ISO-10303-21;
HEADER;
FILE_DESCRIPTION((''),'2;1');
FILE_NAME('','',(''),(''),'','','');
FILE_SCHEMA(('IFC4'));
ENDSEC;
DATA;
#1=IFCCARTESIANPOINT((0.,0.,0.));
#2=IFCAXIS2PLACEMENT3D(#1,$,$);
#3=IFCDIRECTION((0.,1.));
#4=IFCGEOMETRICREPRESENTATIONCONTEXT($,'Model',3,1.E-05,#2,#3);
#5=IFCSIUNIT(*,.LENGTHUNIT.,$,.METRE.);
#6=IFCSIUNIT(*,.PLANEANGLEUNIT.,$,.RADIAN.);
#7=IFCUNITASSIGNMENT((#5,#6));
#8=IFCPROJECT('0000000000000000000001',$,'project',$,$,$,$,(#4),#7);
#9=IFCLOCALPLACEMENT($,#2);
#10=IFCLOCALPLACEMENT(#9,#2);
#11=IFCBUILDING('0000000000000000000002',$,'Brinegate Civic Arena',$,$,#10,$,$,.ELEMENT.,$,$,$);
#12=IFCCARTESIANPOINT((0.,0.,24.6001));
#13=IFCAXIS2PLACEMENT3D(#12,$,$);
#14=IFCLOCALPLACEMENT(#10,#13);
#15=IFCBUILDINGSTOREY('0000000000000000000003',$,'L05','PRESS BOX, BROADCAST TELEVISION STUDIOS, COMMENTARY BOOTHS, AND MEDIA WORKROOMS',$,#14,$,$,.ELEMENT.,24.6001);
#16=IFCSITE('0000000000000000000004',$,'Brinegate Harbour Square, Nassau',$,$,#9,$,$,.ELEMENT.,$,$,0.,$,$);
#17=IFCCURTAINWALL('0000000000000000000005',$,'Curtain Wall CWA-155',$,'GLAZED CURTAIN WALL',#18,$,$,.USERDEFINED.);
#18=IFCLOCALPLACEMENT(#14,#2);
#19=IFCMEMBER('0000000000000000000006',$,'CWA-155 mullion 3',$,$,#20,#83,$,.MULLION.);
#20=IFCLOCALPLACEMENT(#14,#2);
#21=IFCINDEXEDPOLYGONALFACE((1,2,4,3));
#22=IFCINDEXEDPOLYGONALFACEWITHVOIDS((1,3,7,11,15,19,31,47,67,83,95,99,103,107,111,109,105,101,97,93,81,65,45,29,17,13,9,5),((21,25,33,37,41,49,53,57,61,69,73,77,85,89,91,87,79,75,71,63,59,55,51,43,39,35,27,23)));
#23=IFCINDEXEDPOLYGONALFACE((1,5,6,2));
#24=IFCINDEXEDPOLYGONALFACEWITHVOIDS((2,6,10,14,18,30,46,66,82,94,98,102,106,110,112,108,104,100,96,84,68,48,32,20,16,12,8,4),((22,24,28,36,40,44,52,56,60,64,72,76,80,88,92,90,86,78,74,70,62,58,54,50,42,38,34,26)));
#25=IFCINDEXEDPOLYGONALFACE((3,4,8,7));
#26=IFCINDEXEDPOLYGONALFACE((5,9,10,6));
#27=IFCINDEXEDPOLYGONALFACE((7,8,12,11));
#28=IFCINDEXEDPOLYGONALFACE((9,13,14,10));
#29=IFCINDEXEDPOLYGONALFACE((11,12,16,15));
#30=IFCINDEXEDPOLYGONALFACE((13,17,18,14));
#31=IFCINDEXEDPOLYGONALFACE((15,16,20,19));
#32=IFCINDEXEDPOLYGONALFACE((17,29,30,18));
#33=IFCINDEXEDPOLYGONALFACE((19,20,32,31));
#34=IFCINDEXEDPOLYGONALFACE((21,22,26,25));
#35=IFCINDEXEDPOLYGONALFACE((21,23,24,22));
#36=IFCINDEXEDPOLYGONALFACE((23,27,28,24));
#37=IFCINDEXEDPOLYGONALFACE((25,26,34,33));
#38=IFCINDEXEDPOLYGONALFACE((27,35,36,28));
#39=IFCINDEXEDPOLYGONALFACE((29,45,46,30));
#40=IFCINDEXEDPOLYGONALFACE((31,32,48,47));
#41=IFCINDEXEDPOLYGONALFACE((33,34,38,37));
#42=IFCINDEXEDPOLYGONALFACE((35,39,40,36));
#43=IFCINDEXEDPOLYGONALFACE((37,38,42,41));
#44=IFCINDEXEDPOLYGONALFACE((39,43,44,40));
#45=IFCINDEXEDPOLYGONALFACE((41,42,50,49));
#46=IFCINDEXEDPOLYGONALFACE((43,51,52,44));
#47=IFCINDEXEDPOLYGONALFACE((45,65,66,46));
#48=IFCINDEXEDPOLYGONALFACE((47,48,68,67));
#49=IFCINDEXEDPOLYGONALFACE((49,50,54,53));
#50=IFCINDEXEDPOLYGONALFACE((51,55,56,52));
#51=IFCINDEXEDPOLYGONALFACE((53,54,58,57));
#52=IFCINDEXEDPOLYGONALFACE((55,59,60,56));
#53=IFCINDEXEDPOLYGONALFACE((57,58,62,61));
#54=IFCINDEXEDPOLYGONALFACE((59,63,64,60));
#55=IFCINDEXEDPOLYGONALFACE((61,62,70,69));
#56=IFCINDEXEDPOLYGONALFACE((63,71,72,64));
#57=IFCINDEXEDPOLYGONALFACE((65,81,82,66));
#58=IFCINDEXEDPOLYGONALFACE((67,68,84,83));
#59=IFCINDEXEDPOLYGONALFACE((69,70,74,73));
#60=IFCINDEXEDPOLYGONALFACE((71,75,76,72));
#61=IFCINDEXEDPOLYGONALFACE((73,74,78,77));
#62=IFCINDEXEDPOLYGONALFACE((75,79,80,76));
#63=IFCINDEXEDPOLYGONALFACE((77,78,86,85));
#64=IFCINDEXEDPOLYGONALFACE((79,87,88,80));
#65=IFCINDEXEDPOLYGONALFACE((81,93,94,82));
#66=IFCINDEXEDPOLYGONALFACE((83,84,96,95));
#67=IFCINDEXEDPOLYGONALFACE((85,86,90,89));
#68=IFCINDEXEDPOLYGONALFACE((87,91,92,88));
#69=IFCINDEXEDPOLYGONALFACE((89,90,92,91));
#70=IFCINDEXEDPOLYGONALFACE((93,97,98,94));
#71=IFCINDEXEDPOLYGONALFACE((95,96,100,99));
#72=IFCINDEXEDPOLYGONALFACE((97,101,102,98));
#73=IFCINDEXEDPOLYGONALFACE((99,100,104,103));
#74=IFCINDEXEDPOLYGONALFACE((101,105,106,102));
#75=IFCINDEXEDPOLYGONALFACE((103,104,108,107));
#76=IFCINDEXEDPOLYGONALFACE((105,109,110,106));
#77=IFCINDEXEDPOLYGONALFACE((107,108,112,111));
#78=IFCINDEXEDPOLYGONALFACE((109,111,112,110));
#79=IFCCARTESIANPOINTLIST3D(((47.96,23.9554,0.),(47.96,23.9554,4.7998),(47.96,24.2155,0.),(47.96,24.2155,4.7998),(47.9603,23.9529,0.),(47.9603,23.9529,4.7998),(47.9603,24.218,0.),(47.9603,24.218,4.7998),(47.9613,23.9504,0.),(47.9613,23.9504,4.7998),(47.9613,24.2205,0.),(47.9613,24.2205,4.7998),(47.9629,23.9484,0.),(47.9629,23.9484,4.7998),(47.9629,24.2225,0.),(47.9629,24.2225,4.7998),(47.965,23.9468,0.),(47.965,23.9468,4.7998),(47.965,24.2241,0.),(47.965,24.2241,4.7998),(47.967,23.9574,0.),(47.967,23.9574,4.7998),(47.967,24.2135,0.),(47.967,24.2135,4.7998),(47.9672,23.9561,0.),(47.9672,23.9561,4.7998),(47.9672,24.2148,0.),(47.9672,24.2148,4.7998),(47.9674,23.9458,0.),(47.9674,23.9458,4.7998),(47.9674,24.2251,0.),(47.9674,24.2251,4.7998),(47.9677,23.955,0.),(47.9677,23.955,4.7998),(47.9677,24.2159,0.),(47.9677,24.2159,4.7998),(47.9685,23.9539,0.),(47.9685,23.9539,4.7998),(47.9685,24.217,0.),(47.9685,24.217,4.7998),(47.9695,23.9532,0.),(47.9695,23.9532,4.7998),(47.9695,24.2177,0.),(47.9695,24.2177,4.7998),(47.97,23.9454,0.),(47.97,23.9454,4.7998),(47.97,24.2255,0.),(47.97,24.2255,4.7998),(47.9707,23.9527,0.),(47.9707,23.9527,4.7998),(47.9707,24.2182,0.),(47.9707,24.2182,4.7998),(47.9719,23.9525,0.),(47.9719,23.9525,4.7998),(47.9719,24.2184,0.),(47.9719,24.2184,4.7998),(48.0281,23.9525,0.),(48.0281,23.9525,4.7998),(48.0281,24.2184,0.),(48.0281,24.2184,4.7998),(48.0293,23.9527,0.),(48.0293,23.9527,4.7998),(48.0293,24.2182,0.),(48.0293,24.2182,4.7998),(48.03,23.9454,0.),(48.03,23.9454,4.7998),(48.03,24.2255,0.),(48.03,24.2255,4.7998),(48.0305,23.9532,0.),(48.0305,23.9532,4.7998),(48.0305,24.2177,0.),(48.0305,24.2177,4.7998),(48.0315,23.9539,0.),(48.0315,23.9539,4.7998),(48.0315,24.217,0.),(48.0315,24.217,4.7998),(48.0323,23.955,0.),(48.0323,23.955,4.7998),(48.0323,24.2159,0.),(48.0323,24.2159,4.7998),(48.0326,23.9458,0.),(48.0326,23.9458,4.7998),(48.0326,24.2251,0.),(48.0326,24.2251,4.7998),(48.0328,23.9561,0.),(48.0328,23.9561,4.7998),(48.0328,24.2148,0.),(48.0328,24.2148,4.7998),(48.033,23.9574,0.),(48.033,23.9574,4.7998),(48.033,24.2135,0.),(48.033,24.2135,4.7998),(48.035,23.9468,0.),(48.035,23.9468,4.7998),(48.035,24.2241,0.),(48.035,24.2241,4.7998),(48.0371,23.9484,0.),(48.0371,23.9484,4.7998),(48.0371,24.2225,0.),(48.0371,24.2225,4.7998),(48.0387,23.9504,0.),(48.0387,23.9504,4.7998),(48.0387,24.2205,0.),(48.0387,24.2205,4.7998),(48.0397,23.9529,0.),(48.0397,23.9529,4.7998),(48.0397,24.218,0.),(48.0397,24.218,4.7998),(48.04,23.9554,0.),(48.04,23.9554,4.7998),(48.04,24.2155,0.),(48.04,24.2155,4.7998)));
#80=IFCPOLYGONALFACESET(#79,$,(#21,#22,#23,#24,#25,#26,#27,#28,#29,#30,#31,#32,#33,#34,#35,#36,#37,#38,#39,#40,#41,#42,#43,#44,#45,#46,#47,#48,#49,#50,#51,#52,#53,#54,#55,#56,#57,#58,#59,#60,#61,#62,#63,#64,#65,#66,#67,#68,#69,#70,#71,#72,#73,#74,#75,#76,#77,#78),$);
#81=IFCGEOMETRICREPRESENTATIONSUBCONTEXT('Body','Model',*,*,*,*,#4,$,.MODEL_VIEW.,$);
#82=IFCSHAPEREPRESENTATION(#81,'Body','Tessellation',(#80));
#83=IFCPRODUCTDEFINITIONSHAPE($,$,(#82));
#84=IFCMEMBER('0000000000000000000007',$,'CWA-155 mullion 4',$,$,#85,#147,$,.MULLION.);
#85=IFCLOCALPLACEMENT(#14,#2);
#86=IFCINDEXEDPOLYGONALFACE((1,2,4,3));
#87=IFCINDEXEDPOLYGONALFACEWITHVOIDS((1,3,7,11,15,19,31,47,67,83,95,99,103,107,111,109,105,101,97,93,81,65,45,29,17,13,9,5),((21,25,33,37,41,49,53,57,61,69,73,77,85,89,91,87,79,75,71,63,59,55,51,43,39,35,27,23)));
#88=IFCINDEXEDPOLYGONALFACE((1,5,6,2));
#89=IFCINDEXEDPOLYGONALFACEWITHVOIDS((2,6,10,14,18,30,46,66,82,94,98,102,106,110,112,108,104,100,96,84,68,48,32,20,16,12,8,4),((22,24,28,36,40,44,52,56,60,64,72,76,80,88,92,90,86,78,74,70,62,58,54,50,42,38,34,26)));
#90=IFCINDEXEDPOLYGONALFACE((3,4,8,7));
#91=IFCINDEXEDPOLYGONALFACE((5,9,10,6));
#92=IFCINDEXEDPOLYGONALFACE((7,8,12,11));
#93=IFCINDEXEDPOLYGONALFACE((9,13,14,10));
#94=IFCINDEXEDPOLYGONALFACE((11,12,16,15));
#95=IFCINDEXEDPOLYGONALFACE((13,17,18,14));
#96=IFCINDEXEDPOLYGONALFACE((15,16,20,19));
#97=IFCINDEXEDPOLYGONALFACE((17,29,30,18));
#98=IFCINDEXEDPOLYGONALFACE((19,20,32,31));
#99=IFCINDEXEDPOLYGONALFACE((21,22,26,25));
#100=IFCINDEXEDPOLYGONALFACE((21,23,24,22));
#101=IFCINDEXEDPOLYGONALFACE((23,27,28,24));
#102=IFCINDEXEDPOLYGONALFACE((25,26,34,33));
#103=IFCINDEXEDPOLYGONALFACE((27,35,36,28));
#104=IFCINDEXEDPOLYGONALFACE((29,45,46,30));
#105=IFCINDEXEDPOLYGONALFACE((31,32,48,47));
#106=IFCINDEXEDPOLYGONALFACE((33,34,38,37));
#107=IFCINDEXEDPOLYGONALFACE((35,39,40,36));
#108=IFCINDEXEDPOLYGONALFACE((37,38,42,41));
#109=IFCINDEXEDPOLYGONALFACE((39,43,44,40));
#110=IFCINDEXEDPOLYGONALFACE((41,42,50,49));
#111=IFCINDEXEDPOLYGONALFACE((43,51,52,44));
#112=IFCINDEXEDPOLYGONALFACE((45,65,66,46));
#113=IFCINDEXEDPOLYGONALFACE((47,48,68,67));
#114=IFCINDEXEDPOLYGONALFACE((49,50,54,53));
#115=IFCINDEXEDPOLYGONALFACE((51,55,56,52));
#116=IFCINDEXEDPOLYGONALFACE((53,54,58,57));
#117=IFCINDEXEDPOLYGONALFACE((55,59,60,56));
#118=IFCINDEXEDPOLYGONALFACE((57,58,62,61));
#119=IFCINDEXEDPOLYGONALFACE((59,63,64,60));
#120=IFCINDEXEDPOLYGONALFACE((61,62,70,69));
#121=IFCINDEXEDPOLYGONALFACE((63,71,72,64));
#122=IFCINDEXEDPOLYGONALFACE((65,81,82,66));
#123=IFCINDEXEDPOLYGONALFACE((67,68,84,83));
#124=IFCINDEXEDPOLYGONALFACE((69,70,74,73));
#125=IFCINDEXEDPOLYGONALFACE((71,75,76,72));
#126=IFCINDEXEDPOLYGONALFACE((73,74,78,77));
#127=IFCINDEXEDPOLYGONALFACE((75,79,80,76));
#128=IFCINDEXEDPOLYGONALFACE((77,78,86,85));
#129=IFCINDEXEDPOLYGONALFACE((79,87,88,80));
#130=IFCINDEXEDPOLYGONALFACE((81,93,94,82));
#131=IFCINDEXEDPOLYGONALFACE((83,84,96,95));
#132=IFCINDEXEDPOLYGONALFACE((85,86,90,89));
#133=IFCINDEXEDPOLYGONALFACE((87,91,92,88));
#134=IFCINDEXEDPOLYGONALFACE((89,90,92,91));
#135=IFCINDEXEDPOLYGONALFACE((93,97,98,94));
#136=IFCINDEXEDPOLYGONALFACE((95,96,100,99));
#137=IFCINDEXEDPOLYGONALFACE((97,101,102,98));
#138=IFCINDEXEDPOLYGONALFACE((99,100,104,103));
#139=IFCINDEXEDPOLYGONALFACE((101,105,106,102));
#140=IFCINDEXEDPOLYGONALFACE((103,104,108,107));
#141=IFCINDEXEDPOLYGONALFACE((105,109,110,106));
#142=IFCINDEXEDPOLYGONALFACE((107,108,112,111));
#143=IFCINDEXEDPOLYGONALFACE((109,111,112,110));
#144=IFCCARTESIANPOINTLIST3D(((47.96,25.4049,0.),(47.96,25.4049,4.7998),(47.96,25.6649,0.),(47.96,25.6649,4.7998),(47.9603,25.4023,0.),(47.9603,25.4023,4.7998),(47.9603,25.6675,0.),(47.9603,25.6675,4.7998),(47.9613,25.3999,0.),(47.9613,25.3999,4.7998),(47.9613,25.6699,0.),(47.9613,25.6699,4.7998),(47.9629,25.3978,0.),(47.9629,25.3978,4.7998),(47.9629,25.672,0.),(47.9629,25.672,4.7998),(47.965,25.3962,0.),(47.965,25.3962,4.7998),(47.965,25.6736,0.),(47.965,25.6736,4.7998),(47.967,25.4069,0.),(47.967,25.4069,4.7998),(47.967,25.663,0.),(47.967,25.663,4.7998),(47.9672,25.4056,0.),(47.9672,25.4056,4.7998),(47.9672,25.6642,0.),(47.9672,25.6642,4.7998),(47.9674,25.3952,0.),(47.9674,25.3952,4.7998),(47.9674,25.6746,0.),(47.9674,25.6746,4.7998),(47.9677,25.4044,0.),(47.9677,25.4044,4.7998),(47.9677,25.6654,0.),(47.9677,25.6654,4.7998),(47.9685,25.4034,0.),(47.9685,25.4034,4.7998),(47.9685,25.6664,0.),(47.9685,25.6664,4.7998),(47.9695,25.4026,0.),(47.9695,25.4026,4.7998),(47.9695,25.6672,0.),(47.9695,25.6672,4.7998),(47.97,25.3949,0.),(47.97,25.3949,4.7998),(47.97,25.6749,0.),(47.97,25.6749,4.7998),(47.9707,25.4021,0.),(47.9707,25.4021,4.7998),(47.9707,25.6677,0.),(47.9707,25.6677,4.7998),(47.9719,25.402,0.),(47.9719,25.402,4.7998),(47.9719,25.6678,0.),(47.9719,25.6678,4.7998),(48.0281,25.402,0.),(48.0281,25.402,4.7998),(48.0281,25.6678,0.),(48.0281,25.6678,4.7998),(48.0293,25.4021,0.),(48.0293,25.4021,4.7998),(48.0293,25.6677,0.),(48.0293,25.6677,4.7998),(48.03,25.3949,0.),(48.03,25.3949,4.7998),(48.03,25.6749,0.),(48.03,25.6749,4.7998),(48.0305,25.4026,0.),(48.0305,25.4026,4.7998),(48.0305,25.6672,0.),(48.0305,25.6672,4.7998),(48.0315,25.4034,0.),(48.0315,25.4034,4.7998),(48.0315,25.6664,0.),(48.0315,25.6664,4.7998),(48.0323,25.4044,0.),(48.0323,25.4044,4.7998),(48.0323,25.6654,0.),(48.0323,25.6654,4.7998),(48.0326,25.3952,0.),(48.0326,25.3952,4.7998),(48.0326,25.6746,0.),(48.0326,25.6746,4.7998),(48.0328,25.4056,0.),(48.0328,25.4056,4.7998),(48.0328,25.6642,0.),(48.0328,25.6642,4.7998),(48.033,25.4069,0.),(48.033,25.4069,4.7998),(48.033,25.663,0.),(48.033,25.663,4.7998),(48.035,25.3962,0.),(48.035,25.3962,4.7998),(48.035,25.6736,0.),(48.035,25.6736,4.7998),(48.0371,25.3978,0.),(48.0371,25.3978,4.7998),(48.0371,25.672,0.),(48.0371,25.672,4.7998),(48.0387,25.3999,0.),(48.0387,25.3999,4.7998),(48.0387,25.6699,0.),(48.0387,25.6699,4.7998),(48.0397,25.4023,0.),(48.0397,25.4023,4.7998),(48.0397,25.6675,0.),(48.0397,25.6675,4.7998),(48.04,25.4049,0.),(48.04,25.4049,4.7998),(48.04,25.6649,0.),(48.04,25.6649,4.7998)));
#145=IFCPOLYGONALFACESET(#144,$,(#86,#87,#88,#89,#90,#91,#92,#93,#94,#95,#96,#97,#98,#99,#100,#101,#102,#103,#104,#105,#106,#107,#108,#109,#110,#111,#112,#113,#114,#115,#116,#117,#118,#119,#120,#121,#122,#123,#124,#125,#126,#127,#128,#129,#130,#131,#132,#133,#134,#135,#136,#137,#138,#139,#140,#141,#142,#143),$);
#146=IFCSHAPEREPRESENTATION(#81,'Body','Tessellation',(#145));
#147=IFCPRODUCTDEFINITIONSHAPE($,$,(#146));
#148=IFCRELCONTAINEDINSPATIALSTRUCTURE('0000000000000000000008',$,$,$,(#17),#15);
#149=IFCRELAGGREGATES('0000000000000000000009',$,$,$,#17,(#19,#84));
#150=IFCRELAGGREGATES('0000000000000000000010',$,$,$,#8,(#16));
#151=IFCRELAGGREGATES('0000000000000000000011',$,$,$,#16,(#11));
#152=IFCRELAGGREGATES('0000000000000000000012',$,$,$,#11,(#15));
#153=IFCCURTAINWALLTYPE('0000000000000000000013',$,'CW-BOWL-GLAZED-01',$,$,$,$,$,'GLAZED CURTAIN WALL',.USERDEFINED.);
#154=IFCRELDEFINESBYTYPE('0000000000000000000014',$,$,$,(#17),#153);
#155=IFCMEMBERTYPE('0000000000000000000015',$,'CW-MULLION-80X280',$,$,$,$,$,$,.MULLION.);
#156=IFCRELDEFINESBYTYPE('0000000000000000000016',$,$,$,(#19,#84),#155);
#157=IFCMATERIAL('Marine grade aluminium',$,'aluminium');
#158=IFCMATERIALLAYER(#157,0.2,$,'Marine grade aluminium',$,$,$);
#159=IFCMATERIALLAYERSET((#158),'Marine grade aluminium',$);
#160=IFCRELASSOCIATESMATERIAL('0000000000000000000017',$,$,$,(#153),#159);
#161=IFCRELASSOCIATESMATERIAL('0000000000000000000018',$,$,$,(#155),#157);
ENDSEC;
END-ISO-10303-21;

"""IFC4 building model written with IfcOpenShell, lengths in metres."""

from ifc_helpers import new_model, si_unit, direction, frame, origin, origin_2d, place, context, subcontext, project, spatial, hollow_rectangle, extrude, material, layer, layer_set, material_profile, profile_set, type_object, element, aggregate, save


model = new_model("IFC4")

# Units and contexts
model_context = context("Model", 3, precision=1e-05, world=origin(), true_north=direction((0.0, 1.0)))
body_context = subcontext(model_context, "Body", "Model", "MODEL_VIEW")
ifc_project = project(units=[si_unit("LENGTHUNIT", "METRE"), si_unit("PLANEANGLEUNIT", "RADIAN")], contexts=[model_context])

# Site, building, storey
site_placement = place(None, origin())
site = spatial("IfcSite", under=ifc_project, at=site_placement, Name="Brinegate Harbour Square, Nassau", CompositionType="ELEMENT", RefElevation=0.0)
building_placement = place(site_placement, origin())
building = spatial("IfcBuilding", under=site, at=building_placement, Name="Brinegate Civic Arena", CompositionType="ELEMENT")
storey_placement = place(building_placement, frame((0.0, 0.0, 24.6001)))
storey = spatial("IfcBuildingStorey", under=building, at=storey_placement, Name="L05", Description="PRESS BOX, BROADCAST TELEVISION STUDIOS, COMMENTARY BOOTHS, AND MEDIA WORKROOMS", CompositionType="ELEMENT", Elevation=24.6001)

# Curtain wall, members
ifc_material_1 = material(Name="Marine grade aluminium", Category="aluminium")
ifc_layer_1 = layer(ifc_material_1, 0.2, Name="Marine grade aluminium")
ifc_layer_set_1 = layer_set([ifc_layer_1], Name="Marine grade aluminium")
curtain_wall_type = type_object("IfcCurtainWallType", Name="CW-BOWL-GLAZED-01", ElementType="GLAZED CURTAIN WALL", PredefinedType="USERDEFINED", material=ifc_layer_set_1)
curtain_wall_placement = place(storey_placement, origin())
curtain_wall = element("IfcCurtainWall", 1, at=curtain_wall_placement, inside=storey, type_object=curtain_wall_type, Name="Curtain Wall CWA-155", ObjectType="GLAZED CURTAIN WALL", PredefinedType="USERDEFINED")
ifc_material_profile_1 = material_profile(ifc_material_1, hollow_rectangle(XDim=0.0801, YDim=0.28, WallThickness=0.0071, InnerFilletRadius=0.0049, OuterFilletRadius=0.01, at=origin_2d()), Name="MUL80X280")
ifc_profile_set_1 = profile_set([ifc_material_profile_1], Name="Marine grade aluminium")
member_type_1 = type_object("IfcMemberType", Name="CW-MULLION-80X280", PredefinedType="MULLION", material=ifc_profile_set_1)
member_1_placement = place(storey_placement, frame((48.0, 24.0854, 0.0), z_axis=(0.0, 0.0, 1.0), x_axis=(-1.0, 0.0, 0.0)))
member_1 = element("IfcMember", 2, at=member_1_placement, type_object=member_type_1, Name="CWA-155 mullion 3", PredefinedType="MULLION", context=body_context, shape_type="SweptSolid", body=[
    extrude(hollow_rectangle(XDim=0.0801, YDim=0.28, WallThickness=0.0071, InnerFilletRadius=0.0049, OuterFilletRadius=0.01, at=origin_2d()), origin(), (0.0, 0.0, 1.0), 4.7998),
])
member_2_placement = place(storey_placement, frame((48.0, 25.5349, 0.0), z_axis=(0.0, 0.0, 1.0), x_axis=(-1.0, 0.0, 0.0)))
member_2 = element("IfcMember", 3, at=member_2_placement, type_object=member_type_1, Name="CWA-155 mullion 4", PredefinedType="MULLION", context=body_context, shape_type="SweptSolid", body=[
    extrude(hollow_rectangle(XDim=0.0801, YDim=0.28, WallThickness=0.0071, InnerFilletRadius=0.0049, OuterFilletRadius=0.01, at=origin_2d()), origin(), (0.0, 0.0, 1.0), 4.7998),
])

aggregate(curtain_wall, [member_1, member_2])

save(model, "model.ifc")
